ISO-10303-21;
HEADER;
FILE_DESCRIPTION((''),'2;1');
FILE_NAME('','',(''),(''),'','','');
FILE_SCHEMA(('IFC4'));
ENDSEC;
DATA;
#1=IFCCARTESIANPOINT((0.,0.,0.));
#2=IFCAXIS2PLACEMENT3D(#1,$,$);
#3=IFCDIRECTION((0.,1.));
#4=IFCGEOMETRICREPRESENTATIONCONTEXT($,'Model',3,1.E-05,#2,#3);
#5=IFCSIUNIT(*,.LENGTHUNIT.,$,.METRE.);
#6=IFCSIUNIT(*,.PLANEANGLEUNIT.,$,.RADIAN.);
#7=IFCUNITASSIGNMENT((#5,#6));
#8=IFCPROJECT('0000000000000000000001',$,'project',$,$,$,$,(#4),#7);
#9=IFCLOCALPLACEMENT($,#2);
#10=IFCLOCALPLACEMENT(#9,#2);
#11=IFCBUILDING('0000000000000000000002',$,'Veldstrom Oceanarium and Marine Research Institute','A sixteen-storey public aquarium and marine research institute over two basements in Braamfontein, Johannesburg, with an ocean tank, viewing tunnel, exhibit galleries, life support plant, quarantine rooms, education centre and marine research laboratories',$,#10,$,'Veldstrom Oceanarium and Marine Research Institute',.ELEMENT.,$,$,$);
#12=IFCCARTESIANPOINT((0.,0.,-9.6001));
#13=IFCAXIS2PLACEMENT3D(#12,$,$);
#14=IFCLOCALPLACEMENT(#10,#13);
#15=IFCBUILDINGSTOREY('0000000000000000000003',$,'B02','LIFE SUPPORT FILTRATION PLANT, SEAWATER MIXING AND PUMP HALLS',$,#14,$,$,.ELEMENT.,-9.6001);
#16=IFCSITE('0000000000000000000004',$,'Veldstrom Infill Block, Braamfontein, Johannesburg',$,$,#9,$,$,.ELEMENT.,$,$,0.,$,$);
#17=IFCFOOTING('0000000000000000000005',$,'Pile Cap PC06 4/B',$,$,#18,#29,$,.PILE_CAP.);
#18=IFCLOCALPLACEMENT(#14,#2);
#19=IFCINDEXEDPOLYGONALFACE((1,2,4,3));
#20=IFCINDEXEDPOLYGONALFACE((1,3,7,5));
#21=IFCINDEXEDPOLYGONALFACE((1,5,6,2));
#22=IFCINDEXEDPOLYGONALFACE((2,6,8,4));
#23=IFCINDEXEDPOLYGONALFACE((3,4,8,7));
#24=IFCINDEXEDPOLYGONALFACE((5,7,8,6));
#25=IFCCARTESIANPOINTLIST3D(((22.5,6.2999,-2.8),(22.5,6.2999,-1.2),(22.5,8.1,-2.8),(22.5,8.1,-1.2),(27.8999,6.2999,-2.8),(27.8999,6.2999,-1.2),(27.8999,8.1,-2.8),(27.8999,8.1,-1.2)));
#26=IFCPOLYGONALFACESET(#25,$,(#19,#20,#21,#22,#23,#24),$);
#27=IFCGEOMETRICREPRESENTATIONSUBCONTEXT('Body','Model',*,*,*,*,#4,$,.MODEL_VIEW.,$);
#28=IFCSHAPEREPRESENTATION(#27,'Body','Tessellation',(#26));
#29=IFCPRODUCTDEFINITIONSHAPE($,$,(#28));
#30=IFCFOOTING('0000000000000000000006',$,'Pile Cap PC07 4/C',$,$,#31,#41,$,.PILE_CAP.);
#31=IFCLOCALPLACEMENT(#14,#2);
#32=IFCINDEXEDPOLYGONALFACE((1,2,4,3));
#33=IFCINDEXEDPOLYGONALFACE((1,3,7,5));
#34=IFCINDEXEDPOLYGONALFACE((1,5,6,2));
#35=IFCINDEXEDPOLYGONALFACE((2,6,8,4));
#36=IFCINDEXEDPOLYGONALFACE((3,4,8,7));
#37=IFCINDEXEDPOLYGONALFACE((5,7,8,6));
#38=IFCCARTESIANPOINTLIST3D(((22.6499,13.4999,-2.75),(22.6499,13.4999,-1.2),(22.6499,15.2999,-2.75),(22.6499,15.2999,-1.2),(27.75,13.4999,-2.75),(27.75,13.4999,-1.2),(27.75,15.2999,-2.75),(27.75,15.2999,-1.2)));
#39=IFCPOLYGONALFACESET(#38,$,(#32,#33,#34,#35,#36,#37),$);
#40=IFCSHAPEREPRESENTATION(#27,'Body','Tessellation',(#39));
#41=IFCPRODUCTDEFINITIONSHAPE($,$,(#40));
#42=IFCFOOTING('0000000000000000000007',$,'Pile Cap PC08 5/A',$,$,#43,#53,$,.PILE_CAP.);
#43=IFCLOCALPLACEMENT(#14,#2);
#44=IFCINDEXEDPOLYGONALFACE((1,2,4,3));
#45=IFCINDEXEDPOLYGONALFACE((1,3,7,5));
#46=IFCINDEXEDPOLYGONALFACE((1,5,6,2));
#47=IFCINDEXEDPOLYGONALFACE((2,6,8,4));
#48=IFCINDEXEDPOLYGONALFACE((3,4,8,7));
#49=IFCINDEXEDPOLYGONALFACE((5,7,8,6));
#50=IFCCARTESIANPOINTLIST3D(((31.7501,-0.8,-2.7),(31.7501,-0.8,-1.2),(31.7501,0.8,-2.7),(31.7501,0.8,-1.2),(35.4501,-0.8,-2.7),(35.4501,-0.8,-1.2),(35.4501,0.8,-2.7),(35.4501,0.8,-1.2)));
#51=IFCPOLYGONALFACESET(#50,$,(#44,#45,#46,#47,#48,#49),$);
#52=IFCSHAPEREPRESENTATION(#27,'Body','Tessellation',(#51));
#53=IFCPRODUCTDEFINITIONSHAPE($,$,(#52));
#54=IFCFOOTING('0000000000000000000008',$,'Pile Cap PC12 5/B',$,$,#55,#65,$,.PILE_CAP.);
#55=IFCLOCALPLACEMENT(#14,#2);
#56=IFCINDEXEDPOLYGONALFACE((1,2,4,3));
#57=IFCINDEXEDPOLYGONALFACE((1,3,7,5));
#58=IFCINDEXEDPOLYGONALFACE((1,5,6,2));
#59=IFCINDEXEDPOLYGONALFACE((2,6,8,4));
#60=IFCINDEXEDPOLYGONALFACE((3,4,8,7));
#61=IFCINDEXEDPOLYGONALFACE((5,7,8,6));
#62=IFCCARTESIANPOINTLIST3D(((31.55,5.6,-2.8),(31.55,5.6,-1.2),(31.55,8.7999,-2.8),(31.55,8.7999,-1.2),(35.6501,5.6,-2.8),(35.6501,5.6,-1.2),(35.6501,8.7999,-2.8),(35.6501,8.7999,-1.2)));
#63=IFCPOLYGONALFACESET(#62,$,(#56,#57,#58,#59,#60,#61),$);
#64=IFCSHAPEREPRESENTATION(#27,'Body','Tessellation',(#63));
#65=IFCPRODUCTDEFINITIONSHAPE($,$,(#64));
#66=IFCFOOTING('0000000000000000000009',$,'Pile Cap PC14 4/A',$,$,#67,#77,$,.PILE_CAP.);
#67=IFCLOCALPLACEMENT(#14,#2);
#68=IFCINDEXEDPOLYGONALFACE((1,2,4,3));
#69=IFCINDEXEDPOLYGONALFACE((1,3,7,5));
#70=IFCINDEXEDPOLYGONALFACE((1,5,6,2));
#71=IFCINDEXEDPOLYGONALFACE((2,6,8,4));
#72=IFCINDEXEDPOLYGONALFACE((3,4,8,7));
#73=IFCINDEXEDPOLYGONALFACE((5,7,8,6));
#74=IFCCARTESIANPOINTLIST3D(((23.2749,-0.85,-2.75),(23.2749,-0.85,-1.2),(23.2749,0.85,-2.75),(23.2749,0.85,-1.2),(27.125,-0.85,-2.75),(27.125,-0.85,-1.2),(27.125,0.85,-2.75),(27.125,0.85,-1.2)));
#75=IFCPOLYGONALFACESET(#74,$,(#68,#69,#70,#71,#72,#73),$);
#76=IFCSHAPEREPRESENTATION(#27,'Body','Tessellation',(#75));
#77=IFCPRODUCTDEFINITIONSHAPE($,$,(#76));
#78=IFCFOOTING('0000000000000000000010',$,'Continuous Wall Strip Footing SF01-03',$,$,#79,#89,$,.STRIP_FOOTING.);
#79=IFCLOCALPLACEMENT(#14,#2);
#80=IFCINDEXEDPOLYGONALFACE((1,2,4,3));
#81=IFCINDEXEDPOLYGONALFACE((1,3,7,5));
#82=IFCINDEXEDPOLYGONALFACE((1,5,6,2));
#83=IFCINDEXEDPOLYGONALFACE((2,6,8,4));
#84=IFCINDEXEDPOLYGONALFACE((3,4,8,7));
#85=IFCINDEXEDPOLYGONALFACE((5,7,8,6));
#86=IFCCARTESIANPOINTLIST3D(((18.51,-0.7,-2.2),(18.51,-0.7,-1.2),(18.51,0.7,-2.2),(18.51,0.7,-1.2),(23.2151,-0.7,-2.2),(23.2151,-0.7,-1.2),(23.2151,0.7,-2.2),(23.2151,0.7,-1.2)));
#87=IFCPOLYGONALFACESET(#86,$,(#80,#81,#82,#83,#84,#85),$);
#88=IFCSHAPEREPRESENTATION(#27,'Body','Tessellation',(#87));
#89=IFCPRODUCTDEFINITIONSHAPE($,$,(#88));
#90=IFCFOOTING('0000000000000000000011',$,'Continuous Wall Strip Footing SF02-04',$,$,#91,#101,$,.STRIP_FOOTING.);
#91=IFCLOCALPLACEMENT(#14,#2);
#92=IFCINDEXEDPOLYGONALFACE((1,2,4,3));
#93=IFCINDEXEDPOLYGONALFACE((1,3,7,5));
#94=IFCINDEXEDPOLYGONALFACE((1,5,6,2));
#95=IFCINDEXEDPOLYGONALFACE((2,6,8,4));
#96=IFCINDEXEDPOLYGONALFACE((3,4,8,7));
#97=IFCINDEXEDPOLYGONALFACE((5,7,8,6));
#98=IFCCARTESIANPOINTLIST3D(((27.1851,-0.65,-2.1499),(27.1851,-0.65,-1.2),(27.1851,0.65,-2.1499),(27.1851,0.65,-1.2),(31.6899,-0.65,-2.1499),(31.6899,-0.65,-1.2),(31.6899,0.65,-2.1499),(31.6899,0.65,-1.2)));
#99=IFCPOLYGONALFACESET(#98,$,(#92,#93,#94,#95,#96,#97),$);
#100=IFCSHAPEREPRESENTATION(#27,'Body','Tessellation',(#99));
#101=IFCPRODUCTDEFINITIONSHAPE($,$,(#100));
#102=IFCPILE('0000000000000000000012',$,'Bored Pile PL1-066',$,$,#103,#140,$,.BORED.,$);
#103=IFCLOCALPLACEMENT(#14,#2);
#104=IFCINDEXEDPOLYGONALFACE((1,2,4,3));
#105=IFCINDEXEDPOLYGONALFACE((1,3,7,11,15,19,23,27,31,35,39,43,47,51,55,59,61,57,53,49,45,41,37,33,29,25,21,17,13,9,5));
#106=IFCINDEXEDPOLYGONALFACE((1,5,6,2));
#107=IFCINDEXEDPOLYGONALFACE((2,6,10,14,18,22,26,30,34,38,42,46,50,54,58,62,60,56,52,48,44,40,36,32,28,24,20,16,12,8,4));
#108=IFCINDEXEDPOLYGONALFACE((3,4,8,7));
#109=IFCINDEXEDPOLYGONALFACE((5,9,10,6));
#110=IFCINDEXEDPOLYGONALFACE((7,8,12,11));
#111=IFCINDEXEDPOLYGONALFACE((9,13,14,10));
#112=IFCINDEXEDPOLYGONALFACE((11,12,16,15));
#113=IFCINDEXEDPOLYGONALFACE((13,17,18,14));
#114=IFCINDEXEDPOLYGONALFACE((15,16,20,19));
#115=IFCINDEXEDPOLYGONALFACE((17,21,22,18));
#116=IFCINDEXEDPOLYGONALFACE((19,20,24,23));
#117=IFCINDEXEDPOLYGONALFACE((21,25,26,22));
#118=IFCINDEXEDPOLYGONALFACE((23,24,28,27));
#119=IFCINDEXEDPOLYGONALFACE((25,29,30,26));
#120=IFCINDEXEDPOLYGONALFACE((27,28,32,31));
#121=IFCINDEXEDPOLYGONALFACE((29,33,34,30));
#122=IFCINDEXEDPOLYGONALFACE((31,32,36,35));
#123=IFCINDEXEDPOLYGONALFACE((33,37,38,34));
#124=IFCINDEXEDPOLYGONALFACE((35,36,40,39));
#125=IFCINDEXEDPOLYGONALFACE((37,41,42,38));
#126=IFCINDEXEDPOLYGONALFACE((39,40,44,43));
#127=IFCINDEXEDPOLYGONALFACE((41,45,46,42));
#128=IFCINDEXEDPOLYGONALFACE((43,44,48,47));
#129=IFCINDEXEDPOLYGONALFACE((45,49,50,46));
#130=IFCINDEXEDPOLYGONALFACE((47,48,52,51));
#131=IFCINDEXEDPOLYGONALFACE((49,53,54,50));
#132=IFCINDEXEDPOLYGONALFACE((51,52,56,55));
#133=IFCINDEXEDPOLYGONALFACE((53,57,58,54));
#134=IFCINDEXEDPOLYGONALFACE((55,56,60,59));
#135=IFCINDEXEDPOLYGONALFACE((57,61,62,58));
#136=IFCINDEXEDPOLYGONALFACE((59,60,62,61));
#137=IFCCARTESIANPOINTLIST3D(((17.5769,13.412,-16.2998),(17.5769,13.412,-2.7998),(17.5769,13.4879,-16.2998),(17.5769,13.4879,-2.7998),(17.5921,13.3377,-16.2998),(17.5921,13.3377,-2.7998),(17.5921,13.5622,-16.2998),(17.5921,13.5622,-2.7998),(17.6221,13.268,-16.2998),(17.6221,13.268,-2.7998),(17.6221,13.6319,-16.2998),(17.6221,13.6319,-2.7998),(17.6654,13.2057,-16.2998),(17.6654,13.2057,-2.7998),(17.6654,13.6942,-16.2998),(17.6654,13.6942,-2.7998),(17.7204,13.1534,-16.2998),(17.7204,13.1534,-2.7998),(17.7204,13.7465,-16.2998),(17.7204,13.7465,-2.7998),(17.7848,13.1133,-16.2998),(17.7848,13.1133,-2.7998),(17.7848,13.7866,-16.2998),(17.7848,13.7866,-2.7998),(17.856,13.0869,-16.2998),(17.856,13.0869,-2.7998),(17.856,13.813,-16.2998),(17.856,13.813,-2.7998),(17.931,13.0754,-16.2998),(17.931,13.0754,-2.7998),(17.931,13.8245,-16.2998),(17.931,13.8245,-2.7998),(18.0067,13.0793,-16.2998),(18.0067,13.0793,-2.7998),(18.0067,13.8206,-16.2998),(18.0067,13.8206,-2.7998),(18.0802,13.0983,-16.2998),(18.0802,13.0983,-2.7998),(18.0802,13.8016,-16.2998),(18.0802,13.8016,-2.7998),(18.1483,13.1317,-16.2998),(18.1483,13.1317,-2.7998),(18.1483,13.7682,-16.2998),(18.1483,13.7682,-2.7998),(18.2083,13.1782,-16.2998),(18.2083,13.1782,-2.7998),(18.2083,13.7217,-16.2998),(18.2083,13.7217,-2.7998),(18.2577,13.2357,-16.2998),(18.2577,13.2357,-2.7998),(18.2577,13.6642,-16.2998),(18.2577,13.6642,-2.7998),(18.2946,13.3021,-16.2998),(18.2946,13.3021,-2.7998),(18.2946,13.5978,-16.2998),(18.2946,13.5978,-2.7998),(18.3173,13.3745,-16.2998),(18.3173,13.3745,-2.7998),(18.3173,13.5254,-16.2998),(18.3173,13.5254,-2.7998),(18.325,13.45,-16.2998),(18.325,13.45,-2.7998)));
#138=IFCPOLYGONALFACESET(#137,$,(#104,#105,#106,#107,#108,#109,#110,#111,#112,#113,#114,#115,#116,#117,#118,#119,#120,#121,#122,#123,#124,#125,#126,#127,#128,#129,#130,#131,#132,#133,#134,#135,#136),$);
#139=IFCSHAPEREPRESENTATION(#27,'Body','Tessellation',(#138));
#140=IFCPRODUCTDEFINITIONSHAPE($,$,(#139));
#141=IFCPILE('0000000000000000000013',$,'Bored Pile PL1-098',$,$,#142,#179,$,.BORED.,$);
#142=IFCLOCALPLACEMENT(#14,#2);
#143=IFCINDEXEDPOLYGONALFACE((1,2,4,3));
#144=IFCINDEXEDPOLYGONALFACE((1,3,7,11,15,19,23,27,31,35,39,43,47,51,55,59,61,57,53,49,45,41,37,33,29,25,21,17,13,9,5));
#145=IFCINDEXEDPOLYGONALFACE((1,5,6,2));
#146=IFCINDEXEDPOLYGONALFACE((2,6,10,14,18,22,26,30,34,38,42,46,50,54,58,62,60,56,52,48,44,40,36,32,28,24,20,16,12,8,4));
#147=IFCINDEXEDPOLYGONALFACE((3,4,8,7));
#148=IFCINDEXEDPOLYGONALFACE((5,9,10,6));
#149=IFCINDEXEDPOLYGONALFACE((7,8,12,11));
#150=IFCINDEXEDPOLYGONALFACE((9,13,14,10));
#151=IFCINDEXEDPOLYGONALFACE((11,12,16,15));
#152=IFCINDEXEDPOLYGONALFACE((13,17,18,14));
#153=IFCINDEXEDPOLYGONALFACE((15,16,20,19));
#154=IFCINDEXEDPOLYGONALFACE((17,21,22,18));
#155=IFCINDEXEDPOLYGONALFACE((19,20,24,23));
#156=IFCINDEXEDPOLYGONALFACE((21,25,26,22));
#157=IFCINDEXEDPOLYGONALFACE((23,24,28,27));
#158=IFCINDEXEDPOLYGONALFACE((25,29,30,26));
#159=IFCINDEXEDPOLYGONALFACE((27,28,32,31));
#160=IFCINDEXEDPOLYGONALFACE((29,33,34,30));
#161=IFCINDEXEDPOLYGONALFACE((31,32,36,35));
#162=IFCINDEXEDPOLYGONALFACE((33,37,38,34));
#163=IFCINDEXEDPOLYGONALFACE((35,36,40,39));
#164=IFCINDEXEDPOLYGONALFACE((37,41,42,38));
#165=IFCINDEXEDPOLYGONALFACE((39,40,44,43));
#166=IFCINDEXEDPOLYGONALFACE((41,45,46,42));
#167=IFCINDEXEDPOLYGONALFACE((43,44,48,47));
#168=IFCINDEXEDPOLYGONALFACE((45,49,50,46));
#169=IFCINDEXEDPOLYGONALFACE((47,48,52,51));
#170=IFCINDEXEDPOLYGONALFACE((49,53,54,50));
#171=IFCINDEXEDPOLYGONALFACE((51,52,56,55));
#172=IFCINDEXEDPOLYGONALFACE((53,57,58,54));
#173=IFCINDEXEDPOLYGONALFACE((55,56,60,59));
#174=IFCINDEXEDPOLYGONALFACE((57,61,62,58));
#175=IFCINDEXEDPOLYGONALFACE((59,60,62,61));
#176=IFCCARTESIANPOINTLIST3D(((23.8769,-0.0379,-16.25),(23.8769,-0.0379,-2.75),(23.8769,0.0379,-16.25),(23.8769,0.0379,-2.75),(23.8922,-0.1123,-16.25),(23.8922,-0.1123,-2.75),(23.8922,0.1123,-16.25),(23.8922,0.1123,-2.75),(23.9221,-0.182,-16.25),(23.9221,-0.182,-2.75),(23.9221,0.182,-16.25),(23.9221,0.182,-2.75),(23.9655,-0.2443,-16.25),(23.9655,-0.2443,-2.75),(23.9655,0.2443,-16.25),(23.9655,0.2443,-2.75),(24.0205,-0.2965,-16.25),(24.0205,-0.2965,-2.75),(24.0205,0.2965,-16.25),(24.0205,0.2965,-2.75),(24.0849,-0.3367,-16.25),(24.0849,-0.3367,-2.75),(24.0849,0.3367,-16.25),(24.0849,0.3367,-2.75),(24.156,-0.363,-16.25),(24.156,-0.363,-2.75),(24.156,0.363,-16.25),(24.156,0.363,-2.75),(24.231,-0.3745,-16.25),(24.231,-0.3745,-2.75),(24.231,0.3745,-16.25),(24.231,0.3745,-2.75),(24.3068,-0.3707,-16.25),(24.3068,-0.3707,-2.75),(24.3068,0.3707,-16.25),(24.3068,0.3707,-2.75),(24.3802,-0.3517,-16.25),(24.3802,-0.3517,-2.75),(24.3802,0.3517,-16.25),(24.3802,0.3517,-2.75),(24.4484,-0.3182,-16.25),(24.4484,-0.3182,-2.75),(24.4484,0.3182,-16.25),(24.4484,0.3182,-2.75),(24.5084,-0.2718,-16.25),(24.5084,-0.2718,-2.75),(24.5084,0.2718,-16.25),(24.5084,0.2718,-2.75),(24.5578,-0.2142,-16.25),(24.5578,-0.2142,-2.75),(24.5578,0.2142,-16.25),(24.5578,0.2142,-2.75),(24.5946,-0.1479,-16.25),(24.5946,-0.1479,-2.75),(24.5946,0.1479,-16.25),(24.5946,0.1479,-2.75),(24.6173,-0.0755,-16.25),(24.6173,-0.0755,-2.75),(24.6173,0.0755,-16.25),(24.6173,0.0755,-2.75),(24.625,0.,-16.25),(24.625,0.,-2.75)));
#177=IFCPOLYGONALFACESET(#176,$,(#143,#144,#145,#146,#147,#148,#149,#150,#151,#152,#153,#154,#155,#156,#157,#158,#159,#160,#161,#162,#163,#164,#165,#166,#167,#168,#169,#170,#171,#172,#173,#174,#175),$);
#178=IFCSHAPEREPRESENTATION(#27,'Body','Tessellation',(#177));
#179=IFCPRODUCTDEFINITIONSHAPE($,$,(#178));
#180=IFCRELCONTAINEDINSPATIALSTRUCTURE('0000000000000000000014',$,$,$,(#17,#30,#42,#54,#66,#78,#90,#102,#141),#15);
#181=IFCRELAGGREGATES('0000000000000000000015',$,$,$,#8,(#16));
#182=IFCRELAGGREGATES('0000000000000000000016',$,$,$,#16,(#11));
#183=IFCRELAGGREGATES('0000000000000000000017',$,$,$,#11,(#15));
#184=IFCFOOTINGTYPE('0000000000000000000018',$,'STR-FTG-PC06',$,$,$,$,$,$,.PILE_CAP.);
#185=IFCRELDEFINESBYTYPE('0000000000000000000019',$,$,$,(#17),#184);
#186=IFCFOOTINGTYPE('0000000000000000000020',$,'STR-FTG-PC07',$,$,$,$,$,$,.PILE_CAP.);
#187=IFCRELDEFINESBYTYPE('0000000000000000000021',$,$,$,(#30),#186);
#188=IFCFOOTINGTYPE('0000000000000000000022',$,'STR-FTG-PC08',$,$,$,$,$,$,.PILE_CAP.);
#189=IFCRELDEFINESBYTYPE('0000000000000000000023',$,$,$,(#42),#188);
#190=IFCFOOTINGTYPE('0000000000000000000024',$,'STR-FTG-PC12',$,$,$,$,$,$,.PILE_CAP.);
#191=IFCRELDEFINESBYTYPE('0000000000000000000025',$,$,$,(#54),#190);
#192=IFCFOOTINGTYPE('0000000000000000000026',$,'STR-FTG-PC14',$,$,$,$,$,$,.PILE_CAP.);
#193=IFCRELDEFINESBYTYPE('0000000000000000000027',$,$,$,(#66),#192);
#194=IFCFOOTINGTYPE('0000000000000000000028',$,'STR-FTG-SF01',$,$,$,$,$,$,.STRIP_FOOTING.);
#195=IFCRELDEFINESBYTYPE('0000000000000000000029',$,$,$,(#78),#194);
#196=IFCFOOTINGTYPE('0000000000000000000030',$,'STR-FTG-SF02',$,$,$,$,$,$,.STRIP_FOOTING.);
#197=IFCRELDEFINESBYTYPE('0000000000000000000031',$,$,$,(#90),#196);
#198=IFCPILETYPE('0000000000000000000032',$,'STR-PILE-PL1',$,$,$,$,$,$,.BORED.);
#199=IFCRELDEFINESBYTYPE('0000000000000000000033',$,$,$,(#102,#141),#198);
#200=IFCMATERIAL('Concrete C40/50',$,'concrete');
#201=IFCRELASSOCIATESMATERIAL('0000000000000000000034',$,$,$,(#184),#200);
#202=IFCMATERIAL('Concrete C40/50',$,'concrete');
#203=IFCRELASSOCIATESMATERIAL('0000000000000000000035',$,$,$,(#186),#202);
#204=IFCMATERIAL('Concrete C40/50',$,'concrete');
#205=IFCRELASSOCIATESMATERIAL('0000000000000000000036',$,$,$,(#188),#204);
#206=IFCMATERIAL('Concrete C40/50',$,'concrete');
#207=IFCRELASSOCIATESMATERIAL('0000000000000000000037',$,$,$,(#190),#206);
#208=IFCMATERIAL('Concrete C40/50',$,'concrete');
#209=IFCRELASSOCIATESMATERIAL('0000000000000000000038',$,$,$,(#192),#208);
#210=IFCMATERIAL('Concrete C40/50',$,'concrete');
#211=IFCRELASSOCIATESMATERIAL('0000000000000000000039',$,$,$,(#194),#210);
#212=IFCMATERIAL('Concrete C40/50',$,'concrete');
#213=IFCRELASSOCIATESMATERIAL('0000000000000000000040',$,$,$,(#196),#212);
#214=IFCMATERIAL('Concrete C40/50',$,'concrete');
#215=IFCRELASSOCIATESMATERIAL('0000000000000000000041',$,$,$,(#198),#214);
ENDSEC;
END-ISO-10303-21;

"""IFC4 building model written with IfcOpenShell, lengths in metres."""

from ifc_helpers import new_model, si_unit, direction, frame, origin, origin_2d, place, context, subcontext, project, spatial, rectangle, circle, extrude, material, material_profile, profile_set, type_object, element, save


model = new_model("IFC4")

# Units and contexts
model_context = context("Model", 3, precision=1e-05, world=origin(), true_north=direction((0.0, 1.0)))
body_context = subcontext(model_context, "Body", "Model", "MODEL_VIEW")
ifc_project = project(units=[si_unit("LENGTHUNIT", "METRE"), si_unit("PLANEANGLEUNIT", "RADIAN")], contexts=[model_context])

# Site, building, storey
site_placement = place(None, origin())
site = spatial("IfcSite", under=ifc_project, at=site_placement, Name="Veldstrom Infill Block, Braamfontein, Johannesburg", CompositionType="ELEMENT", RefElevation=0.0)
building_placement = place(site_placement, origin())
building = spatial("IfcBuilding", under=site, at=building_placement, Name="Veldstrom Oceanarium and Marine Research Institute", Description="A sixteen-storey public aquarium and marine research institute over two basements in Braamfontein, Johannesburg, with an ocean tank, viewing tunnel, exhibit galleries, life support plant, quarantine rooms, education centre and marine research laboratories", LongName="Veldstrom Oceanarium and Marine Research Institute", CompositionType="ELEMENT")
storey_placement = place(building_placement, frame((0.0, 0.0, -9.6001)))
storey = spatial("IfcBuildingStorey", under=building, at=storey_placement, Name="B02", Description="LIFE SUPPORT FILTRATION PLANT, SEAWATER MIXING AND PUMP HALLS", CompositionType="ELEMENT", Elevation=-9.6001)

# Footings
ifc_material_1 = material(Name="Concrete C40/50", Category="concrete")
footing_type_1 = type_object("IfcFootingType", Name="STR-FTG-PC06", PredefinedType="PILE_CAP", material=ifc_material_1)
footing_1_placement = place(storey_placement, frame((25.2, 7.2, -2.8), z_axis=(0.0, 0.0, 1.0), x_axis=(1.0, 0.0, 0.0)))
element("IfcFooting", 1, at=footing_1_placement, inside=storey, type_object=footing_type_1, Name="Pile Cap PC06 4/B", PredefinedType="PILE_CAP", context=body_context, shape_type="SweptSolid", body=[
    extrude(rectangle(XDim=5.3999, YDim=1.8, at=origin_2d()), origin(), (0.0, 0.0, 1.0), 1.6001),
])
ifc_material_2 = material(Name="Concrete C40/50", Category="concrete")
footing_type_2 = type_object("IfcFootingType", Name="STR-FTG-PC07", PredefinedType="PILE_CAP", material=ifc_material_2)
footing_2_placement = place(storey_placement, frame((25.2, 14.3999, -2.75), z_axis=(0.0, 0.0, 1.0), x_axis=(1.0, 0.0, 0.0)))
element("IfcFooting", 2, at=footing_2_placement, inside=storey, type_object=footing_type_2, Name="Pile Cap PC07 4/C", PredefinedType="PILE_CAP", context=body_context, shape_type="SweptSolid", body=[
    extrude(rectangle(XDim=5.1001, YDim=1.8, at=origin_2d()), origin(), (0.0, 0.0, 1.0), 1.55),
])
ifc_material_3 = material(Name="Concrete C40/50", Category="concrete")
footing_type_3 = type_object("IfcFootingType", Name="STR-FTG-PC08", PredefinedType="PILE_CAP", material=ifc_material_3)
footing_3_placement = place(storey_placement, frame((33.6001, 0.0, -2.7), z_axis=(0.0, 0.0, 1.0), x_axis=(1.0, 0.0, 0.0)))
element("IfcFooting", 3, at=footing_3_placement, inside=storey, type_object=footing_type_3, Name="Pile Cap PC08 5/A", PredefinedType="PILE_CAP", context=body_context, shape_type="SweptSolid", body=[
    extrude(rectangle(XDim=3.7, YDim=1.6001, at=origin_2d()), origin(), (0.0, 0.0, 1.0), 1.5),
])
ifc_material_4 = material(Name="Concrete C40/50", Category="concrete")
footing_type_4 = type_object("IfcFootingType", Name="STR-FTG-PC12", PredefinedType="PILE_CAP", material=ifc_material_4)
footing_4_placement = place(storey_placement, frame((33.6001, 7.2, -2.8), z_axis=(0.0, 0.0, 1.0), x_axis=(1.0, 0.0, 0.0)))
element("IfcFooting", 4, at=footing_4_placement, inside=storey, type_object=footing_type_4, Name="Pile Cap PC12 5/B", PredefinedType="PILE_CAP", context=body_context, shape_type="SweptSolid", body=[
    extrude(rectangle(XDim=4.1001, YDim=3.2, at=origin_2d()), origin(), (0.0, 0.0, 1.0), 1.6001),
])
ifc_material_5 = material(Name="Concrete C40/50", Category="concrete")
footing_type_5 = type_object("IfcFootingType", Name="STR-FTG-PC14", PredefinedType="PILE_CAP", material=ifc_material_5)
footing_5_placement = place(storey_placement, frame((25.2, 0.0, -2.75), z_axis=(0.0, 0.0, 1.0), x_axis=(1.0, 0.0, 0.0)))
element("IfcFooting", 5, at=footing_5_placement, inside=storey, type_object=footing_type_5, Name="Pile Cap PC14 4/A", PredefinedType="PILE_CAP", context=body_context, shape_type="SweptSolid", body=[
    extrude(rectangle(XDim=3.8501, YDim=1.7, at=origin_2d()), origin(), (0.0, 0.0, 1.0), 1.55),
])
ifc_material_6 = material(Name="Concrete C40/50", Category="concrete")
footing_type_6 = type_object("IfcFootingType", Name="STR-FTG-SF01", PredefinedType="STRIP_FOOTING", material=ifc_material_6)
footing_6_placement = place(storey_placement, frame((20.8625, 0.0, -2.2), z_axis=(0.0, 0.0, 1.0), x_axis=(1.0, 0.0, 0.0)))
element("IfcFooting", 6, at=footing_6_placement, inside=storey, type_object=footing_type_6, Name="Continuous Wall Strip Footing SF01-03", PredefinedType="STRIP_FOOTING", context=body_context, shape_type="SweptSolid", body=[
    extrude(rectangle(XDim=4.7051, YDim=1.3999, at=origin_2d()), origin(), (0.0, 0.0, 1.0), 1.0),
])
ifc_material_7 = material(Name="Concrete C40/50", Category="concrete")
footing_type_7 = type_object("IfcFootingType", Name="STR-FTG-SF02", PredefinedType="STRIP_FOOTING", material=ifc_material_7)
footing_7_placement = place(storey_placement, frame((29.4375, 0.0, -2.1499), z_axis=(0.0, 0.0, 1.0), x_axis=(1.0, 0.0, 0.0)))
element("IfcFooting", 7, at=footing_7_placement, inside=storey, type_object=footing_type_7, Name="Continuous Wall Strip Footing SF02-04", PredefinedType="STRIP_FOOTING", context=body_context, shape_type="SweptSolid", body=[
    extrude(rectangle(XDim=4.5049, YDim=1.3, at=origin_2d()), origin(), (0.0, 0.0, 1.0), 0.95),
])

# Piles
ifc_material_8 = material(Name="Concrete C40/50", Category="concrete")
ifc_material_profile_1 = material_profile(ifc_material_8, circle(Radius=0.375, at=origin_2d()), Name="PILE-D750")
ifc_profile_set_1 = profile_set([ifc_material_profile_1], Name="Concrete C40/50")
pile_type = type_object("IfcPileType", Name="STR-PILE-PL1", PredefinedType="BORED", material=ifc_profile_set_1)
for number, where, z_axis, x_axis, name in (
    (8, (17.95, 13.45, -2.7998), (0.0, 0.0, -1.0), (1.0, 0.0, 0.0), "Bored Pile PL1-066"),
    (9, (24.25, 0.0, -2.75), (0.0, 0.0, -1.0), (1.0, 0.0, 0.0), "Bored Pile PL1-098"),
):
    element("IfcPile", number, at=place(storey_placement, frame(where, z_axis=z_axis, x_axis=x_axis)), inside=storey, type_object=pile_type, Name=name, PredefinedType="BORED", context=body_context, shape_type="SweptSolid", body=[
        extrude(circle(Radius=0.375, at=origin_2d()), origin(), (0.0, 0.0, 1.0), 13.5),
    ])

save(model, "model.ifc")
